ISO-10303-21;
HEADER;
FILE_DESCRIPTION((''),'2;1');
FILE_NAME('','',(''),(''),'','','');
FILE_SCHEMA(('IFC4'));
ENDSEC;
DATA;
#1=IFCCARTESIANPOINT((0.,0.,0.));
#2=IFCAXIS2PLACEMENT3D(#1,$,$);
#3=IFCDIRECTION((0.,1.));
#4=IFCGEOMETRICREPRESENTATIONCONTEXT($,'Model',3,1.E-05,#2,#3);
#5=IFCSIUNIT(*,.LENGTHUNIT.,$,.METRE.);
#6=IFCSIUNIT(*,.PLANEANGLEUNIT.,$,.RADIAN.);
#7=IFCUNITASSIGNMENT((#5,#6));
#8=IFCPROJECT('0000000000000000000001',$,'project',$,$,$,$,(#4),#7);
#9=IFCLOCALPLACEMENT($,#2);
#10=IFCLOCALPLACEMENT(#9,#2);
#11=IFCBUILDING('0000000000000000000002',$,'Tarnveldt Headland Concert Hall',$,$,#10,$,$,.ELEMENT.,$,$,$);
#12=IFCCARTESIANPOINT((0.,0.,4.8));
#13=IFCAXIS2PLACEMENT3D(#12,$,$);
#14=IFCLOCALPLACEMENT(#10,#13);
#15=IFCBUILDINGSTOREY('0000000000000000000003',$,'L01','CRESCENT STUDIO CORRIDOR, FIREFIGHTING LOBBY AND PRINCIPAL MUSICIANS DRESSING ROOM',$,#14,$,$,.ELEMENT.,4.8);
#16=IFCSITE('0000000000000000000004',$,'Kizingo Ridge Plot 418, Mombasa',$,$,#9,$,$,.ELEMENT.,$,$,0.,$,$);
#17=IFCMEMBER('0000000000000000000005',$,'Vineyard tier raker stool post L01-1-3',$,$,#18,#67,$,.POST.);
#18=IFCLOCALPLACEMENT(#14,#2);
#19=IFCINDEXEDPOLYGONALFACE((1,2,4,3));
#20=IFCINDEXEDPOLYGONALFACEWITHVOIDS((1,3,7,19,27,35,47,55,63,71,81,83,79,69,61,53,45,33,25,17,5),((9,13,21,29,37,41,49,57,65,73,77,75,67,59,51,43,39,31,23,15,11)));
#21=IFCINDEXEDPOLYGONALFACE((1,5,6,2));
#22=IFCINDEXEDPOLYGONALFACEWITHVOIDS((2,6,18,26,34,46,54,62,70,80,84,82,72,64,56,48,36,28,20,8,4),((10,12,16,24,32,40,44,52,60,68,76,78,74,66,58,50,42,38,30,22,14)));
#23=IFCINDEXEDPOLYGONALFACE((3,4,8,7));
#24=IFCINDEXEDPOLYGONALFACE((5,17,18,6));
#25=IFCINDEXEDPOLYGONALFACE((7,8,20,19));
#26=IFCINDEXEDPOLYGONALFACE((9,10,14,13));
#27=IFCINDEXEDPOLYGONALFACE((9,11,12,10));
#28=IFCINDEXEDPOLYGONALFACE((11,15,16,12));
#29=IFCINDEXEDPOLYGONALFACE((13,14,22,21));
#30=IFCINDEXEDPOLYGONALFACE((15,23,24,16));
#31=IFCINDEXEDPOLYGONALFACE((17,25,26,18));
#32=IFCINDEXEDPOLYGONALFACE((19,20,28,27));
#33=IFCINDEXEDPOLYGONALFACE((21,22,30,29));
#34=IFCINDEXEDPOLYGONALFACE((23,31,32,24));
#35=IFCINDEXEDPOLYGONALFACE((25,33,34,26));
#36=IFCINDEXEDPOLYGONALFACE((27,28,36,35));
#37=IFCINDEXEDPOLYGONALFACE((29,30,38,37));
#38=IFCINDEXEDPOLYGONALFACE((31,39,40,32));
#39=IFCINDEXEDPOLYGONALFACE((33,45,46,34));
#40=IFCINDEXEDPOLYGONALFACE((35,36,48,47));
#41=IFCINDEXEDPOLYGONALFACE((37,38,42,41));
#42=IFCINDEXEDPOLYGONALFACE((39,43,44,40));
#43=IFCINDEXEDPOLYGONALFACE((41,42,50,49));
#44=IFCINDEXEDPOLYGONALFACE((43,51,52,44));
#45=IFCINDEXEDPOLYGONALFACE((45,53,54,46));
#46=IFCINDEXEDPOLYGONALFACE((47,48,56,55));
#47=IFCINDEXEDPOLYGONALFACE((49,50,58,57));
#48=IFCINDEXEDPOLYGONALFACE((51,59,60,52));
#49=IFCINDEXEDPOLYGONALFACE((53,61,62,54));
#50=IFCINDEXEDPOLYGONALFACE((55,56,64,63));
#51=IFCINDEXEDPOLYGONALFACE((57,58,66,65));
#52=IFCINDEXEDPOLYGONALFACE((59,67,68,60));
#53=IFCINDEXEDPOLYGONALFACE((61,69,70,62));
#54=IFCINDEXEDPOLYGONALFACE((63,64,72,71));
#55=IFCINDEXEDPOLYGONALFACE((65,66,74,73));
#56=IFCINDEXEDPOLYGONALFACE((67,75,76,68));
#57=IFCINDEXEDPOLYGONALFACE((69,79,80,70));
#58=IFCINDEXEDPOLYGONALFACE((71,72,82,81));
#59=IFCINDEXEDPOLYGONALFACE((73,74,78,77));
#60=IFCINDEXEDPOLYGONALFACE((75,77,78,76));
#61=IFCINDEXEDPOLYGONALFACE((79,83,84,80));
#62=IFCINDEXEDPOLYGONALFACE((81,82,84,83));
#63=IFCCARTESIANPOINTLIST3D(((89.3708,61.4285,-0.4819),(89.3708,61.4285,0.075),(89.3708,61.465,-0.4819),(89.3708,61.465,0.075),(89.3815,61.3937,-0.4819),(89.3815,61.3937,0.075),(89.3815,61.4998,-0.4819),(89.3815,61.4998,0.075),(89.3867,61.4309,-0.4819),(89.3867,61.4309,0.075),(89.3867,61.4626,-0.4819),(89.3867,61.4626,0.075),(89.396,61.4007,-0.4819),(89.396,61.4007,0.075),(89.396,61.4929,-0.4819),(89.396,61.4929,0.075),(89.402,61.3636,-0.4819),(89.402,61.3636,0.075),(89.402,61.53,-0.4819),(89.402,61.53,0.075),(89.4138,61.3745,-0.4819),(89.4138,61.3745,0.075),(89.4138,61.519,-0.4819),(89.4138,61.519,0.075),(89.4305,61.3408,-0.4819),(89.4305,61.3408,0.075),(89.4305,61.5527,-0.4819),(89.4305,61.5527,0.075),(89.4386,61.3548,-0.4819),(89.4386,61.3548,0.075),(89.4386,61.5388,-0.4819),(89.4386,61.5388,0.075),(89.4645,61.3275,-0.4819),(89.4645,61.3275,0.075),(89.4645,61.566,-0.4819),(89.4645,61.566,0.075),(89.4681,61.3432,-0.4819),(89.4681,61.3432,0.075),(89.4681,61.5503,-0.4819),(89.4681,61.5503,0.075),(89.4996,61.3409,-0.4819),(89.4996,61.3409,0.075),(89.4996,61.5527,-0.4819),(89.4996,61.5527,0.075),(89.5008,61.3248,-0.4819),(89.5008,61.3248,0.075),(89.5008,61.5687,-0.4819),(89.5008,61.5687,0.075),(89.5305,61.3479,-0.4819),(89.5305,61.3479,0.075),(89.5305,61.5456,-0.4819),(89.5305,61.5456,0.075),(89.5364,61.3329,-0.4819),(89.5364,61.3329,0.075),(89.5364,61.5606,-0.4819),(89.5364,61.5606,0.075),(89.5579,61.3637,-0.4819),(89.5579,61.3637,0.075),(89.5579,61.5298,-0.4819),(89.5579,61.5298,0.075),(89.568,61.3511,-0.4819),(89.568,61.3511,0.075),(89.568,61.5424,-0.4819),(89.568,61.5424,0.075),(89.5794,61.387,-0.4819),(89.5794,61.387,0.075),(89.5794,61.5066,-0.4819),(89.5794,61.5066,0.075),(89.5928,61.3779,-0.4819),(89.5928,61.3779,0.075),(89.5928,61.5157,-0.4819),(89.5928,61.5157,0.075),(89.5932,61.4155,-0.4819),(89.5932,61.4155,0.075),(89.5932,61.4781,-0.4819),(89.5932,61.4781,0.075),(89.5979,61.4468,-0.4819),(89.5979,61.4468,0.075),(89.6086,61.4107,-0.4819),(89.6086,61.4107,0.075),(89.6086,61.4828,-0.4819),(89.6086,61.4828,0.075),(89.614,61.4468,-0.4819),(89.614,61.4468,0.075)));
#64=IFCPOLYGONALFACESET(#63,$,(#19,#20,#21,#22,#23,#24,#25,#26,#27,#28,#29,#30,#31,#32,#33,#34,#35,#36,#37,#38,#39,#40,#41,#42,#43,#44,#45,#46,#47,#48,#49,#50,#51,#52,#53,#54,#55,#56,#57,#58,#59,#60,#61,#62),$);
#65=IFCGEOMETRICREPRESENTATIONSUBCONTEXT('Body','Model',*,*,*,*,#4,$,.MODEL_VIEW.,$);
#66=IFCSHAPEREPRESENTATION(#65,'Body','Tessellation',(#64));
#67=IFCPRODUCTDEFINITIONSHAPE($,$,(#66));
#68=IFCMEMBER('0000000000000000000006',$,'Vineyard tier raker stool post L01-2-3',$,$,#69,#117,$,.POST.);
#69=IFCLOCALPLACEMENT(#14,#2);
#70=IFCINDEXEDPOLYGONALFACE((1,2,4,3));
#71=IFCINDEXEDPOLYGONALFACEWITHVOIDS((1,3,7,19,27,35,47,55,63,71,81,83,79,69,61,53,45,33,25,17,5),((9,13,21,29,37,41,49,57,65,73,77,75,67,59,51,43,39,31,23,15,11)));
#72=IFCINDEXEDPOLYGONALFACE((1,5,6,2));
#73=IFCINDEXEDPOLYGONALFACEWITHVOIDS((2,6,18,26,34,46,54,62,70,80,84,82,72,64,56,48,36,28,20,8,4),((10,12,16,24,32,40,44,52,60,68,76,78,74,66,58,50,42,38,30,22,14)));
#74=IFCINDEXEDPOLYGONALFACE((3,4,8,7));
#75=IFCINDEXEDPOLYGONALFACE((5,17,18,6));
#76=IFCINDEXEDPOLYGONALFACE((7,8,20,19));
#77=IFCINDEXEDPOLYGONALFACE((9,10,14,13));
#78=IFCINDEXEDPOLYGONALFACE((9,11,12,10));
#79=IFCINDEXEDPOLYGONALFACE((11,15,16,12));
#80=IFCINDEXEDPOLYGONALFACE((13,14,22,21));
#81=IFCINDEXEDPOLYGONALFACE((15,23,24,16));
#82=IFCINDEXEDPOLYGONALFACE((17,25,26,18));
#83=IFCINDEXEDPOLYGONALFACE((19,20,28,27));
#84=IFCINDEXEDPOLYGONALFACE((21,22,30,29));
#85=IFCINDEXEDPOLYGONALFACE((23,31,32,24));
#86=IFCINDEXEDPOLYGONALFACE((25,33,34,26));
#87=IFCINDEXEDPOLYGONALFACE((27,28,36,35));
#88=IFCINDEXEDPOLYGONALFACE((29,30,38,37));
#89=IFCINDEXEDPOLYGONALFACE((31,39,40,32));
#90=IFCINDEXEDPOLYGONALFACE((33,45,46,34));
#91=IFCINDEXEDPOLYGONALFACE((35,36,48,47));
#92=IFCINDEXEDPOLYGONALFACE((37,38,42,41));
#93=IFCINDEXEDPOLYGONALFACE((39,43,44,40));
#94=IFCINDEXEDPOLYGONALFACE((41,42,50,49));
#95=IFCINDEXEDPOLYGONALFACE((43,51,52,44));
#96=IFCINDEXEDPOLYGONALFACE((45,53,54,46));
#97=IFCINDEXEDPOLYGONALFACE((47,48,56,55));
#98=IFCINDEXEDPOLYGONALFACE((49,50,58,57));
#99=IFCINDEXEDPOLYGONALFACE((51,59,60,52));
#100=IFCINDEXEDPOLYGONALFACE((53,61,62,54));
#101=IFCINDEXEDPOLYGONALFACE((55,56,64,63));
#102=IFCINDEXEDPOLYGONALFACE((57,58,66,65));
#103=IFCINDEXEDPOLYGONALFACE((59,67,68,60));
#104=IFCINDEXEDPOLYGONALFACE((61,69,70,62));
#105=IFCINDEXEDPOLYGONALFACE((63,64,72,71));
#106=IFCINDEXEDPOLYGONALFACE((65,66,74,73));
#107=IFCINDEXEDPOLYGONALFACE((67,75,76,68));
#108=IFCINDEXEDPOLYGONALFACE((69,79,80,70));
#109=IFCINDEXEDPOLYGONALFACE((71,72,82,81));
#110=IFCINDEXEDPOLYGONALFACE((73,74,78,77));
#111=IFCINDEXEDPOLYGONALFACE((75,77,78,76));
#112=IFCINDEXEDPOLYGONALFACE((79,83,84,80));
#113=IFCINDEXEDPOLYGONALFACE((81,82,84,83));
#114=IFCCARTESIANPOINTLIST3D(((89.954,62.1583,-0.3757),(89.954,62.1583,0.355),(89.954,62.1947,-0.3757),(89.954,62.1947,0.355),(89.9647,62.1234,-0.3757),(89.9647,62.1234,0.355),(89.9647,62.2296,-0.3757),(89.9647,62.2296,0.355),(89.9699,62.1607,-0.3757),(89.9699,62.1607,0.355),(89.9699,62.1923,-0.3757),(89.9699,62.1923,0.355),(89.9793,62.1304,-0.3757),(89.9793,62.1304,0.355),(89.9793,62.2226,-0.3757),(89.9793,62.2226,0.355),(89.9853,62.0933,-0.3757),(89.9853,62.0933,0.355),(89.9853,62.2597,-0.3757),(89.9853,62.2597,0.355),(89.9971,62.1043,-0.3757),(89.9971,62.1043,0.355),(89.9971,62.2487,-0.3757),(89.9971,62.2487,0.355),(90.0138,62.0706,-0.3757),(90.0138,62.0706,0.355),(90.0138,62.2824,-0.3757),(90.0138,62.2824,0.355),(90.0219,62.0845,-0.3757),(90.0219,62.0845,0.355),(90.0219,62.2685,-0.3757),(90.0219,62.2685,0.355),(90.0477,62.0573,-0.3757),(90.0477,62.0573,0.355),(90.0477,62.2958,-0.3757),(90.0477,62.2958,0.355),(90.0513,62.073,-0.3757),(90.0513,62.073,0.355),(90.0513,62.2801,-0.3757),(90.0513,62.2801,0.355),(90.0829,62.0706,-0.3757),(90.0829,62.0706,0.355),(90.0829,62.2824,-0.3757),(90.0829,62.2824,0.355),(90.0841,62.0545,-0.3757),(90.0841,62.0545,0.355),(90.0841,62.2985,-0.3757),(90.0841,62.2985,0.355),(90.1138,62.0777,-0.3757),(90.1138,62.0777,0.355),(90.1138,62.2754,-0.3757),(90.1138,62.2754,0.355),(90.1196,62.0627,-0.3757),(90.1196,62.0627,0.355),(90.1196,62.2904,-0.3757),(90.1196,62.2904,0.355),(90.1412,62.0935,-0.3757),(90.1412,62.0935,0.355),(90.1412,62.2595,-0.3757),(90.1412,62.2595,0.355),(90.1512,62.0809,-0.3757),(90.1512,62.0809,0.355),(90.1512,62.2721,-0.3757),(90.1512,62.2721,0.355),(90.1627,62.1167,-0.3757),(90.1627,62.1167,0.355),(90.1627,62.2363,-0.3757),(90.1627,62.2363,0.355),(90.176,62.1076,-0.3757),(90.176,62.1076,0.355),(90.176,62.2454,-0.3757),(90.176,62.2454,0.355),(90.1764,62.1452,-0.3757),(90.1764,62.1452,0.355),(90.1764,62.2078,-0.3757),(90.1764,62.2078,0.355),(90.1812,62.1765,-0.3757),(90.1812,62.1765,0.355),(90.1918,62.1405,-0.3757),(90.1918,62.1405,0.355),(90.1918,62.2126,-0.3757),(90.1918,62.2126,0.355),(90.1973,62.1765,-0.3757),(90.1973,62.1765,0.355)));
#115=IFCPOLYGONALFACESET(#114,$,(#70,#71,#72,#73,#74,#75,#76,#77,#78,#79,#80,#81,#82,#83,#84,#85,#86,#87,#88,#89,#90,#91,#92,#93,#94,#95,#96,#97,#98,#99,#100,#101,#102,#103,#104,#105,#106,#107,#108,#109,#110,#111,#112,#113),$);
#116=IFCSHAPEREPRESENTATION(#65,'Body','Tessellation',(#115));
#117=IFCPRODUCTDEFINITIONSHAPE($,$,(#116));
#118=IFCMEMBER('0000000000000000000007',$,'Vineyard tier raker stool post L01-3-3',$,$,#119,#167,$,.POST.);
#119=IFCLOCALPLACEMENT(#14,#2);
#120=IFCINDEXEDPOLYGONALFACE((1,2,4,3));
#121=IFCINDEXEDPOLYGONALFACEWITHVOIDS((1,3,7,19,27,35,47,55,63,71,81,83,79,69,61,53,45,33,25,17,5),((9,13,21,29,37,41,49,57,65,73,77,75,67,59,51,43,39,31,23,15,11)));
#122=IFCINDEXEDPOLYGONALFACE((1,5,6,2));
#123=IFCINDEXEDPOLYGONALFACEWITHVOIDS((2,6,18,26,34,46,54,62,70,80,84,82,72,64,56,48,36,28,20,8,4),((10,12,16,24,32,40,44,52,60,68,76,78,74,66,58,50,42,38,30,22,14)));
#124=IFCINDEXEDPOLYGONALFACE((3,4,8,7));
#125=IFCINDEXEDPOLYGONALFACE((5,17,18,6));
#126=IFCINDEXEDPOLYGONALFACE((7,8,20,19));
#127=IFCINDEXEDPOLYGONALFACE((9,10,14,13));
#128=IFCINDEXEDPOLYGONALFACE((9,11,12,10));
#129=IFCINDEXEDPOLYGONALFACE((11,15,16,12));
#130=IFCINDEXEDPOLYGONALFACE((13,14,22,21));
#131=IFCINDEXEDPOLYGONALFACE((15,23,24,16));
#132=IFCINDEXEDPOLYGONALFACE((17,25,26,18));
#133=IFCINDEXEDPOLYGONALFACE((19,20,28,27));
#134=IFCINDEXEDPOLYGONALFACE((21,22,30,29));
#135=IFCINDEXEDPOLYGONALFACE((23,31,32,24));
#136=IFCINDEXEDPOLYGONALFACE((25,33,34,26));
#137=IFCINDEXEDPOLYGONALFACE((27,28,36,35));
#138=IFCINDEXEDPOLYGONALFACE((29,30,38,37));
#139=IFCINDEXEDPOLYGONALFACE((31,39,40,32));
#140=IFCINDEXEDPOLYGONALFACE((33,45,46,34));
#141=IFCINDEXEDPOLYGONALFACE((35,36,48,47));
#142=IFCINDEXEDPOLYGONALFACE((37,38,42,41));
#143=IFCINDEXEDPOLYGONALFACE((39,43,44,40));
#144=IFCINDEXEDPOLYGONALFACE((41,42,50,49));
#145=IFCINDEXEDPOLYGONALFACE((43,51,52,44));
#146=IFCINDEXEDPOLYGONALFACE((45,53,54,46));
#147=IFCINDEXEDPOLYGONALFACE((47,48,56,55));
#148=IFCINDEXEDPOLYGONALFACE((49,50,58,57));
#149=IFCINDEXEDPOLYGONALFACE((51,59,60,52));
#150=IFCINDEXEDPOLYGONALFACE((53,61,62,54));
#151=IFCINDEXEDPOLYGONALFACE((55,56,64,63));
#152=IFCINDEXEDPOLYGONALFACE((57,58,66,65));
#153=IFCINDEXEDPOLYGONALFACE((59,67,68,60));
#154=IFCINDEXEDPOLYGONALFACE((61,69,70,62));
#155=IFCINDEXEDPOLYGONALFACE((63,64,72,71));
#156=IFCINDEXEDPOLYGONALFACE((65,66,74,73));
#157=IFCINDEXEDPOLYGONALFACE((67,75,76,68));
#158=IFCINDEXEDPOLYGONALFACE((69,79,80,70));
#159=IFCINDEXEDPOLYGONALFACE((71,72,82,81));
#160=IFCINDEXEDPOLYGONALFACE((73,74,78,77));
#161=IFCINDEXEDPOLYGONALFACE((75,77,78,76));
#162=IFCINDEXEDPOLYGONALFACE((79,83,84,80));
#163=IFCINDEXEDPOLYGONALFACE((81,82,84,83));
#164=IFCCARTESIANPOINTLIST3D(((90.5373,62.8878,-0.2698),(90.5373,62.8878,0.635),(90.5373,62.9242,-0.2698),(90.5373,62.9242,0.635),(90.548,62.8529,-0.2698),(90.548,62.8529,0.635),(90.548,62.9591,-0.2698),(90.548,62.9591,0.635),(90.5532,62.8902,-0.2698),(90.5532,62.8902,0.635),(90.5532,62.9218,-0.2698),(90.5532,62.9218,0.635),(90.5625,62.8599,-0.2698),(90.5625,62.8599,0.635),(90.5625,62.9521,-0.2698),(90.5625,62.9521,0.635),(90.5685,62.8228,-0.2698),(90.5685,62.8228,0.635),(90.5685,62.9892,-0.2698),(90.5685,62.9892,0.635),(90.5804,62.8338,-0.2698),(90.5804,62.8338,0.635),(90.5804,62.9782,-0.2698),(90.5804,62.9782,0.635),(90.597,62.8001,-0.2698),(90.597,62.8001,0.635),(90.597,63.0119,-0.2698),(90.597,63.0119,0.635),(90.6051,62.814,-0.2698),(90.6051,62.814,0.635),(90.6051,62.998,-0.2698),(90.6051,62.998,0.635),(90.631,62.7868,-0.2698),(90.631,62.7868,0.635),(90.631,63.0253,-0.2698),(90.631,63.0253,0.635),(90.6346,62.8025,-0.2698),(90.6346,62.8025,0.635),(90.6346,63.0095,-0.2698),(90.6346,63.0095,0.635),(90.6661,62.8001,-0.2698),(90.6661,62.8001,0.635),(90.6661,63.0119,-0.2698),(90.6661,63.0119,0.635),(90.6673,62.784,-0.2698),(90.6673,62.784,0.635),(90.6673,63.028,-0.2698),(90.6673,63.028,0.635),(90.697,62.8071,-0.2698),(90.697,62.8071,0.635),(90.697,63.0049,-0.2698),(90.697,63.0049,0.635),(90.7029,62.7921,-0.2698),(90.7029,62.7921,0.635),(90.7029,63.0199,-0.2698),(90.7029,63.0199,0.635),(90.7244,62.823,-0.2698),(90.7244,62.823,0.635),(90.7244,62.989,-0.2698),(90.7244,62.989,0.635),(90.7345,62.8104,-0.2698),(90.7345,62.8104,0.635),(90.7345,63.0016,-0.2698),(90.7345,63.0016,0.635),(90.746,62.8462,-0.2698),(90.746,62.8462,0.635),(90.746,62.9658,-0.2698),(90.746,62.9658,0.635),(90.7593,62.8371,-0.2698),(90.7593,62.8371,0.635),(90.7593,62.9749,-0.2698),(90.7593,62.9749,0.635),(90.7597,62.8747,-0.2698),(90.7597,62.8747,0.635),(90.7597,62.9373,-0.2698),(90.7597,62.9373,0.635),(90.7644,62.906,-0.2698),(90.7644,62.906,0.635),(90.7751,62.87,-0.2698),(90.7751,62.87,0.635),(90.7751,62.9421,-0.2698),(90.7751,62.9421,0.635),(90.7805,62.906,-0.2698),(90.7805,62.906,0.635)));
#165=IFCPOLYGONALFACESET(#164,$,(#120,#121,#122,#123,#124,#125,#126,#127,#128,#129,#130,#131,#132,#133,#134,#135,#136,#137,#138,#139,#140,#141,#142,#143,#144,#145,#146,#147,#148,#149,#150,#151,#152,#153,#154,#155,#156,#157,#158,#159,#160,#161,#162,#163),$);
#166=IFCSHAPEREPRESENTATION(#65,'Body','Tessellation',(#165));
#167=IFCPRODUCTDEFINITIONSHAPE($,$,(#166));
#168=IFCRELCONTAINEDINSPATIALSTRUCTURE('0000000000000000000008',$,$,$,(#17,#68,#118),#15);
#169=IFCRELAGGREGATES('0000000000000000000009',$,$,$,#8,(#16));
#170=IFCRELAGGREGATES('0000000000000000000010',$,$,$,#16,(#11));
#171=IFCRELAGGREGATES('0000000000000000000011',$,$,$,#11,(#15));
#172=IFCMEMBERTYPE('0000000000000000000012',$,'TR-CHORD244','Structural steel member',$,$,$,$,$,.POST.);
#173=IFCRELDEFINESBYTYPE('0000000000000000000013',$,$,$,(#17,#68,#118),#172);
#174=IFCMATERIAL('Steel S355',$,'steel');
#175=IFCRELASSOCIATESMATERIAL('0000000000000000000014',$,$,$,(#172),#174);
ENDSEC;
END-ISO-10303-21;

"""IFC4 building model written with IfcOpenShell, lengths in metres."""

from ifc_helpers import new_model, si_unit, direction, frame, origin, origin_2d, place, context, subcontext, project, spatial, hollow_circle, extrude, material, material_profile, profile_set, type_object, element, save


model = new_model("IFC4")

# Units and contexts
model_context = context("Model", 3, precision=1e-05, world=origin(), true_north=direction((0.0, 1.0)))
body_context = subcontext(model_context, "Body", "Model", "MODEL_VIEW")
ifc_project = project(units=[si_unit("LENGTHUNIT", "METRE"), si_unit("PLANEANGLEUNIT", "RADIAN")], contexts=[model_context])

# Site, building, storey
site_placement = place(None, origin())
site = spatial("IfcSite", under=ifc_project, at=site_placement, Name="Kizingo Ridge Plot 418, Mombasa", CompositionType="ELEMENT", RefElevation=0.0)
building_placement = place(site_placement, origin())
building = spatial("IfcBuilding", under=site, at=building_placement, Name="Tarnveldt Headland Concert Hall", CompositionType="ELEMENT")
storey_placement = place(building_placement, frame((0.0, 0.0, 4.8)))
storey = spatial("IfcBuildingStorey", under=building, at=storey_placement, Name="L01", Description="CRESCENT STUDIO CORRIDOR, FIREFIGHTING LOBBY AND PRINCIPAL MUSICIANS DRESSING ROOM", CompositionType="ELEMENT", Elevation=4.8)

# Shared definitions
ifc_material_1 = material(Name="Steel S355", Category="steel")

# Members
ifc_material_profile_1 = material_profile(ifc_material_1, hollow_circle(Radius=0.1223, WallThickness=0.0161, at=origin_2d()), Name="CHS 244.5x16", Category="steel")
ifc_profile_set_1 = profile_set([ifc_material_profile_1], Name="Steel S355")
member_type = type_object("IfcMemberType", Name="TR-CHORD244", Description="Structural steel member", PredefinedType="POST", material=ifc_profile_set_1)
member_1_placement = place(storey_placement, frame((89.4917, 61.4468, -0.4819), z_axis=(0.0, 0.0, 1.0), x_axis=(1.0, 0.0, 0.0)))
element("IfcMember", 1, at=member_1_placement, inside=storey, type_object=member_type, Name="Vineyard tier raker stool post L01-1-3", PredefinedType="POST", context=body_context, shape_type="SweptSolid", body=[
    extrude(hollow_circle(Radius=0.1223, WallThickness=0.0161, at=origin_2d()), origin(), (0.0, 0.0, 1.0), 0.5569),
])
member_2_placement = place(storey_placement, frame((90.075, 62.1765, -0.3757), z_axis=(0.0, 0.0, 1.0), x_axis=(1.0, 0.0, 0.0)))
element("IfcMember", 2, at=member_2_placement, inside=storey, type_object=member_type, Name="Vineyard tier raker stool post L01-2-3", PredefinedType="POST", context=body_context, shape_type="SweptSolid", body=[
    extrude(hollow_circle(Radius=0.1223, WallThickness=0.0161, at=origin_2d()), origin(), (0.0, 0.0, 1.0), 0.7307),
])
member_3_placement = place(storey_placement, frame((90.6582, 62.906, -0.2698), z_axis=(0.0, 0.0, 1.0), x_axis=(1.0, 0.0, 0.0)))
element("IfcMember", 3, at=member_3_placement, inside=storey, type_object=member_type, Name="Vineyard tier raker stool post L01-3-3", PredefinedType="POST", context=body_context, shape_type="SweptSolid", body=[
    extrude(hollow_circle(Radius=0.1223, WallThickness=0.0161, at=origin_2d()), origin(), (0.0, 0.0, 1.0), 0.9048),
])

save(model, "model.ifc")
